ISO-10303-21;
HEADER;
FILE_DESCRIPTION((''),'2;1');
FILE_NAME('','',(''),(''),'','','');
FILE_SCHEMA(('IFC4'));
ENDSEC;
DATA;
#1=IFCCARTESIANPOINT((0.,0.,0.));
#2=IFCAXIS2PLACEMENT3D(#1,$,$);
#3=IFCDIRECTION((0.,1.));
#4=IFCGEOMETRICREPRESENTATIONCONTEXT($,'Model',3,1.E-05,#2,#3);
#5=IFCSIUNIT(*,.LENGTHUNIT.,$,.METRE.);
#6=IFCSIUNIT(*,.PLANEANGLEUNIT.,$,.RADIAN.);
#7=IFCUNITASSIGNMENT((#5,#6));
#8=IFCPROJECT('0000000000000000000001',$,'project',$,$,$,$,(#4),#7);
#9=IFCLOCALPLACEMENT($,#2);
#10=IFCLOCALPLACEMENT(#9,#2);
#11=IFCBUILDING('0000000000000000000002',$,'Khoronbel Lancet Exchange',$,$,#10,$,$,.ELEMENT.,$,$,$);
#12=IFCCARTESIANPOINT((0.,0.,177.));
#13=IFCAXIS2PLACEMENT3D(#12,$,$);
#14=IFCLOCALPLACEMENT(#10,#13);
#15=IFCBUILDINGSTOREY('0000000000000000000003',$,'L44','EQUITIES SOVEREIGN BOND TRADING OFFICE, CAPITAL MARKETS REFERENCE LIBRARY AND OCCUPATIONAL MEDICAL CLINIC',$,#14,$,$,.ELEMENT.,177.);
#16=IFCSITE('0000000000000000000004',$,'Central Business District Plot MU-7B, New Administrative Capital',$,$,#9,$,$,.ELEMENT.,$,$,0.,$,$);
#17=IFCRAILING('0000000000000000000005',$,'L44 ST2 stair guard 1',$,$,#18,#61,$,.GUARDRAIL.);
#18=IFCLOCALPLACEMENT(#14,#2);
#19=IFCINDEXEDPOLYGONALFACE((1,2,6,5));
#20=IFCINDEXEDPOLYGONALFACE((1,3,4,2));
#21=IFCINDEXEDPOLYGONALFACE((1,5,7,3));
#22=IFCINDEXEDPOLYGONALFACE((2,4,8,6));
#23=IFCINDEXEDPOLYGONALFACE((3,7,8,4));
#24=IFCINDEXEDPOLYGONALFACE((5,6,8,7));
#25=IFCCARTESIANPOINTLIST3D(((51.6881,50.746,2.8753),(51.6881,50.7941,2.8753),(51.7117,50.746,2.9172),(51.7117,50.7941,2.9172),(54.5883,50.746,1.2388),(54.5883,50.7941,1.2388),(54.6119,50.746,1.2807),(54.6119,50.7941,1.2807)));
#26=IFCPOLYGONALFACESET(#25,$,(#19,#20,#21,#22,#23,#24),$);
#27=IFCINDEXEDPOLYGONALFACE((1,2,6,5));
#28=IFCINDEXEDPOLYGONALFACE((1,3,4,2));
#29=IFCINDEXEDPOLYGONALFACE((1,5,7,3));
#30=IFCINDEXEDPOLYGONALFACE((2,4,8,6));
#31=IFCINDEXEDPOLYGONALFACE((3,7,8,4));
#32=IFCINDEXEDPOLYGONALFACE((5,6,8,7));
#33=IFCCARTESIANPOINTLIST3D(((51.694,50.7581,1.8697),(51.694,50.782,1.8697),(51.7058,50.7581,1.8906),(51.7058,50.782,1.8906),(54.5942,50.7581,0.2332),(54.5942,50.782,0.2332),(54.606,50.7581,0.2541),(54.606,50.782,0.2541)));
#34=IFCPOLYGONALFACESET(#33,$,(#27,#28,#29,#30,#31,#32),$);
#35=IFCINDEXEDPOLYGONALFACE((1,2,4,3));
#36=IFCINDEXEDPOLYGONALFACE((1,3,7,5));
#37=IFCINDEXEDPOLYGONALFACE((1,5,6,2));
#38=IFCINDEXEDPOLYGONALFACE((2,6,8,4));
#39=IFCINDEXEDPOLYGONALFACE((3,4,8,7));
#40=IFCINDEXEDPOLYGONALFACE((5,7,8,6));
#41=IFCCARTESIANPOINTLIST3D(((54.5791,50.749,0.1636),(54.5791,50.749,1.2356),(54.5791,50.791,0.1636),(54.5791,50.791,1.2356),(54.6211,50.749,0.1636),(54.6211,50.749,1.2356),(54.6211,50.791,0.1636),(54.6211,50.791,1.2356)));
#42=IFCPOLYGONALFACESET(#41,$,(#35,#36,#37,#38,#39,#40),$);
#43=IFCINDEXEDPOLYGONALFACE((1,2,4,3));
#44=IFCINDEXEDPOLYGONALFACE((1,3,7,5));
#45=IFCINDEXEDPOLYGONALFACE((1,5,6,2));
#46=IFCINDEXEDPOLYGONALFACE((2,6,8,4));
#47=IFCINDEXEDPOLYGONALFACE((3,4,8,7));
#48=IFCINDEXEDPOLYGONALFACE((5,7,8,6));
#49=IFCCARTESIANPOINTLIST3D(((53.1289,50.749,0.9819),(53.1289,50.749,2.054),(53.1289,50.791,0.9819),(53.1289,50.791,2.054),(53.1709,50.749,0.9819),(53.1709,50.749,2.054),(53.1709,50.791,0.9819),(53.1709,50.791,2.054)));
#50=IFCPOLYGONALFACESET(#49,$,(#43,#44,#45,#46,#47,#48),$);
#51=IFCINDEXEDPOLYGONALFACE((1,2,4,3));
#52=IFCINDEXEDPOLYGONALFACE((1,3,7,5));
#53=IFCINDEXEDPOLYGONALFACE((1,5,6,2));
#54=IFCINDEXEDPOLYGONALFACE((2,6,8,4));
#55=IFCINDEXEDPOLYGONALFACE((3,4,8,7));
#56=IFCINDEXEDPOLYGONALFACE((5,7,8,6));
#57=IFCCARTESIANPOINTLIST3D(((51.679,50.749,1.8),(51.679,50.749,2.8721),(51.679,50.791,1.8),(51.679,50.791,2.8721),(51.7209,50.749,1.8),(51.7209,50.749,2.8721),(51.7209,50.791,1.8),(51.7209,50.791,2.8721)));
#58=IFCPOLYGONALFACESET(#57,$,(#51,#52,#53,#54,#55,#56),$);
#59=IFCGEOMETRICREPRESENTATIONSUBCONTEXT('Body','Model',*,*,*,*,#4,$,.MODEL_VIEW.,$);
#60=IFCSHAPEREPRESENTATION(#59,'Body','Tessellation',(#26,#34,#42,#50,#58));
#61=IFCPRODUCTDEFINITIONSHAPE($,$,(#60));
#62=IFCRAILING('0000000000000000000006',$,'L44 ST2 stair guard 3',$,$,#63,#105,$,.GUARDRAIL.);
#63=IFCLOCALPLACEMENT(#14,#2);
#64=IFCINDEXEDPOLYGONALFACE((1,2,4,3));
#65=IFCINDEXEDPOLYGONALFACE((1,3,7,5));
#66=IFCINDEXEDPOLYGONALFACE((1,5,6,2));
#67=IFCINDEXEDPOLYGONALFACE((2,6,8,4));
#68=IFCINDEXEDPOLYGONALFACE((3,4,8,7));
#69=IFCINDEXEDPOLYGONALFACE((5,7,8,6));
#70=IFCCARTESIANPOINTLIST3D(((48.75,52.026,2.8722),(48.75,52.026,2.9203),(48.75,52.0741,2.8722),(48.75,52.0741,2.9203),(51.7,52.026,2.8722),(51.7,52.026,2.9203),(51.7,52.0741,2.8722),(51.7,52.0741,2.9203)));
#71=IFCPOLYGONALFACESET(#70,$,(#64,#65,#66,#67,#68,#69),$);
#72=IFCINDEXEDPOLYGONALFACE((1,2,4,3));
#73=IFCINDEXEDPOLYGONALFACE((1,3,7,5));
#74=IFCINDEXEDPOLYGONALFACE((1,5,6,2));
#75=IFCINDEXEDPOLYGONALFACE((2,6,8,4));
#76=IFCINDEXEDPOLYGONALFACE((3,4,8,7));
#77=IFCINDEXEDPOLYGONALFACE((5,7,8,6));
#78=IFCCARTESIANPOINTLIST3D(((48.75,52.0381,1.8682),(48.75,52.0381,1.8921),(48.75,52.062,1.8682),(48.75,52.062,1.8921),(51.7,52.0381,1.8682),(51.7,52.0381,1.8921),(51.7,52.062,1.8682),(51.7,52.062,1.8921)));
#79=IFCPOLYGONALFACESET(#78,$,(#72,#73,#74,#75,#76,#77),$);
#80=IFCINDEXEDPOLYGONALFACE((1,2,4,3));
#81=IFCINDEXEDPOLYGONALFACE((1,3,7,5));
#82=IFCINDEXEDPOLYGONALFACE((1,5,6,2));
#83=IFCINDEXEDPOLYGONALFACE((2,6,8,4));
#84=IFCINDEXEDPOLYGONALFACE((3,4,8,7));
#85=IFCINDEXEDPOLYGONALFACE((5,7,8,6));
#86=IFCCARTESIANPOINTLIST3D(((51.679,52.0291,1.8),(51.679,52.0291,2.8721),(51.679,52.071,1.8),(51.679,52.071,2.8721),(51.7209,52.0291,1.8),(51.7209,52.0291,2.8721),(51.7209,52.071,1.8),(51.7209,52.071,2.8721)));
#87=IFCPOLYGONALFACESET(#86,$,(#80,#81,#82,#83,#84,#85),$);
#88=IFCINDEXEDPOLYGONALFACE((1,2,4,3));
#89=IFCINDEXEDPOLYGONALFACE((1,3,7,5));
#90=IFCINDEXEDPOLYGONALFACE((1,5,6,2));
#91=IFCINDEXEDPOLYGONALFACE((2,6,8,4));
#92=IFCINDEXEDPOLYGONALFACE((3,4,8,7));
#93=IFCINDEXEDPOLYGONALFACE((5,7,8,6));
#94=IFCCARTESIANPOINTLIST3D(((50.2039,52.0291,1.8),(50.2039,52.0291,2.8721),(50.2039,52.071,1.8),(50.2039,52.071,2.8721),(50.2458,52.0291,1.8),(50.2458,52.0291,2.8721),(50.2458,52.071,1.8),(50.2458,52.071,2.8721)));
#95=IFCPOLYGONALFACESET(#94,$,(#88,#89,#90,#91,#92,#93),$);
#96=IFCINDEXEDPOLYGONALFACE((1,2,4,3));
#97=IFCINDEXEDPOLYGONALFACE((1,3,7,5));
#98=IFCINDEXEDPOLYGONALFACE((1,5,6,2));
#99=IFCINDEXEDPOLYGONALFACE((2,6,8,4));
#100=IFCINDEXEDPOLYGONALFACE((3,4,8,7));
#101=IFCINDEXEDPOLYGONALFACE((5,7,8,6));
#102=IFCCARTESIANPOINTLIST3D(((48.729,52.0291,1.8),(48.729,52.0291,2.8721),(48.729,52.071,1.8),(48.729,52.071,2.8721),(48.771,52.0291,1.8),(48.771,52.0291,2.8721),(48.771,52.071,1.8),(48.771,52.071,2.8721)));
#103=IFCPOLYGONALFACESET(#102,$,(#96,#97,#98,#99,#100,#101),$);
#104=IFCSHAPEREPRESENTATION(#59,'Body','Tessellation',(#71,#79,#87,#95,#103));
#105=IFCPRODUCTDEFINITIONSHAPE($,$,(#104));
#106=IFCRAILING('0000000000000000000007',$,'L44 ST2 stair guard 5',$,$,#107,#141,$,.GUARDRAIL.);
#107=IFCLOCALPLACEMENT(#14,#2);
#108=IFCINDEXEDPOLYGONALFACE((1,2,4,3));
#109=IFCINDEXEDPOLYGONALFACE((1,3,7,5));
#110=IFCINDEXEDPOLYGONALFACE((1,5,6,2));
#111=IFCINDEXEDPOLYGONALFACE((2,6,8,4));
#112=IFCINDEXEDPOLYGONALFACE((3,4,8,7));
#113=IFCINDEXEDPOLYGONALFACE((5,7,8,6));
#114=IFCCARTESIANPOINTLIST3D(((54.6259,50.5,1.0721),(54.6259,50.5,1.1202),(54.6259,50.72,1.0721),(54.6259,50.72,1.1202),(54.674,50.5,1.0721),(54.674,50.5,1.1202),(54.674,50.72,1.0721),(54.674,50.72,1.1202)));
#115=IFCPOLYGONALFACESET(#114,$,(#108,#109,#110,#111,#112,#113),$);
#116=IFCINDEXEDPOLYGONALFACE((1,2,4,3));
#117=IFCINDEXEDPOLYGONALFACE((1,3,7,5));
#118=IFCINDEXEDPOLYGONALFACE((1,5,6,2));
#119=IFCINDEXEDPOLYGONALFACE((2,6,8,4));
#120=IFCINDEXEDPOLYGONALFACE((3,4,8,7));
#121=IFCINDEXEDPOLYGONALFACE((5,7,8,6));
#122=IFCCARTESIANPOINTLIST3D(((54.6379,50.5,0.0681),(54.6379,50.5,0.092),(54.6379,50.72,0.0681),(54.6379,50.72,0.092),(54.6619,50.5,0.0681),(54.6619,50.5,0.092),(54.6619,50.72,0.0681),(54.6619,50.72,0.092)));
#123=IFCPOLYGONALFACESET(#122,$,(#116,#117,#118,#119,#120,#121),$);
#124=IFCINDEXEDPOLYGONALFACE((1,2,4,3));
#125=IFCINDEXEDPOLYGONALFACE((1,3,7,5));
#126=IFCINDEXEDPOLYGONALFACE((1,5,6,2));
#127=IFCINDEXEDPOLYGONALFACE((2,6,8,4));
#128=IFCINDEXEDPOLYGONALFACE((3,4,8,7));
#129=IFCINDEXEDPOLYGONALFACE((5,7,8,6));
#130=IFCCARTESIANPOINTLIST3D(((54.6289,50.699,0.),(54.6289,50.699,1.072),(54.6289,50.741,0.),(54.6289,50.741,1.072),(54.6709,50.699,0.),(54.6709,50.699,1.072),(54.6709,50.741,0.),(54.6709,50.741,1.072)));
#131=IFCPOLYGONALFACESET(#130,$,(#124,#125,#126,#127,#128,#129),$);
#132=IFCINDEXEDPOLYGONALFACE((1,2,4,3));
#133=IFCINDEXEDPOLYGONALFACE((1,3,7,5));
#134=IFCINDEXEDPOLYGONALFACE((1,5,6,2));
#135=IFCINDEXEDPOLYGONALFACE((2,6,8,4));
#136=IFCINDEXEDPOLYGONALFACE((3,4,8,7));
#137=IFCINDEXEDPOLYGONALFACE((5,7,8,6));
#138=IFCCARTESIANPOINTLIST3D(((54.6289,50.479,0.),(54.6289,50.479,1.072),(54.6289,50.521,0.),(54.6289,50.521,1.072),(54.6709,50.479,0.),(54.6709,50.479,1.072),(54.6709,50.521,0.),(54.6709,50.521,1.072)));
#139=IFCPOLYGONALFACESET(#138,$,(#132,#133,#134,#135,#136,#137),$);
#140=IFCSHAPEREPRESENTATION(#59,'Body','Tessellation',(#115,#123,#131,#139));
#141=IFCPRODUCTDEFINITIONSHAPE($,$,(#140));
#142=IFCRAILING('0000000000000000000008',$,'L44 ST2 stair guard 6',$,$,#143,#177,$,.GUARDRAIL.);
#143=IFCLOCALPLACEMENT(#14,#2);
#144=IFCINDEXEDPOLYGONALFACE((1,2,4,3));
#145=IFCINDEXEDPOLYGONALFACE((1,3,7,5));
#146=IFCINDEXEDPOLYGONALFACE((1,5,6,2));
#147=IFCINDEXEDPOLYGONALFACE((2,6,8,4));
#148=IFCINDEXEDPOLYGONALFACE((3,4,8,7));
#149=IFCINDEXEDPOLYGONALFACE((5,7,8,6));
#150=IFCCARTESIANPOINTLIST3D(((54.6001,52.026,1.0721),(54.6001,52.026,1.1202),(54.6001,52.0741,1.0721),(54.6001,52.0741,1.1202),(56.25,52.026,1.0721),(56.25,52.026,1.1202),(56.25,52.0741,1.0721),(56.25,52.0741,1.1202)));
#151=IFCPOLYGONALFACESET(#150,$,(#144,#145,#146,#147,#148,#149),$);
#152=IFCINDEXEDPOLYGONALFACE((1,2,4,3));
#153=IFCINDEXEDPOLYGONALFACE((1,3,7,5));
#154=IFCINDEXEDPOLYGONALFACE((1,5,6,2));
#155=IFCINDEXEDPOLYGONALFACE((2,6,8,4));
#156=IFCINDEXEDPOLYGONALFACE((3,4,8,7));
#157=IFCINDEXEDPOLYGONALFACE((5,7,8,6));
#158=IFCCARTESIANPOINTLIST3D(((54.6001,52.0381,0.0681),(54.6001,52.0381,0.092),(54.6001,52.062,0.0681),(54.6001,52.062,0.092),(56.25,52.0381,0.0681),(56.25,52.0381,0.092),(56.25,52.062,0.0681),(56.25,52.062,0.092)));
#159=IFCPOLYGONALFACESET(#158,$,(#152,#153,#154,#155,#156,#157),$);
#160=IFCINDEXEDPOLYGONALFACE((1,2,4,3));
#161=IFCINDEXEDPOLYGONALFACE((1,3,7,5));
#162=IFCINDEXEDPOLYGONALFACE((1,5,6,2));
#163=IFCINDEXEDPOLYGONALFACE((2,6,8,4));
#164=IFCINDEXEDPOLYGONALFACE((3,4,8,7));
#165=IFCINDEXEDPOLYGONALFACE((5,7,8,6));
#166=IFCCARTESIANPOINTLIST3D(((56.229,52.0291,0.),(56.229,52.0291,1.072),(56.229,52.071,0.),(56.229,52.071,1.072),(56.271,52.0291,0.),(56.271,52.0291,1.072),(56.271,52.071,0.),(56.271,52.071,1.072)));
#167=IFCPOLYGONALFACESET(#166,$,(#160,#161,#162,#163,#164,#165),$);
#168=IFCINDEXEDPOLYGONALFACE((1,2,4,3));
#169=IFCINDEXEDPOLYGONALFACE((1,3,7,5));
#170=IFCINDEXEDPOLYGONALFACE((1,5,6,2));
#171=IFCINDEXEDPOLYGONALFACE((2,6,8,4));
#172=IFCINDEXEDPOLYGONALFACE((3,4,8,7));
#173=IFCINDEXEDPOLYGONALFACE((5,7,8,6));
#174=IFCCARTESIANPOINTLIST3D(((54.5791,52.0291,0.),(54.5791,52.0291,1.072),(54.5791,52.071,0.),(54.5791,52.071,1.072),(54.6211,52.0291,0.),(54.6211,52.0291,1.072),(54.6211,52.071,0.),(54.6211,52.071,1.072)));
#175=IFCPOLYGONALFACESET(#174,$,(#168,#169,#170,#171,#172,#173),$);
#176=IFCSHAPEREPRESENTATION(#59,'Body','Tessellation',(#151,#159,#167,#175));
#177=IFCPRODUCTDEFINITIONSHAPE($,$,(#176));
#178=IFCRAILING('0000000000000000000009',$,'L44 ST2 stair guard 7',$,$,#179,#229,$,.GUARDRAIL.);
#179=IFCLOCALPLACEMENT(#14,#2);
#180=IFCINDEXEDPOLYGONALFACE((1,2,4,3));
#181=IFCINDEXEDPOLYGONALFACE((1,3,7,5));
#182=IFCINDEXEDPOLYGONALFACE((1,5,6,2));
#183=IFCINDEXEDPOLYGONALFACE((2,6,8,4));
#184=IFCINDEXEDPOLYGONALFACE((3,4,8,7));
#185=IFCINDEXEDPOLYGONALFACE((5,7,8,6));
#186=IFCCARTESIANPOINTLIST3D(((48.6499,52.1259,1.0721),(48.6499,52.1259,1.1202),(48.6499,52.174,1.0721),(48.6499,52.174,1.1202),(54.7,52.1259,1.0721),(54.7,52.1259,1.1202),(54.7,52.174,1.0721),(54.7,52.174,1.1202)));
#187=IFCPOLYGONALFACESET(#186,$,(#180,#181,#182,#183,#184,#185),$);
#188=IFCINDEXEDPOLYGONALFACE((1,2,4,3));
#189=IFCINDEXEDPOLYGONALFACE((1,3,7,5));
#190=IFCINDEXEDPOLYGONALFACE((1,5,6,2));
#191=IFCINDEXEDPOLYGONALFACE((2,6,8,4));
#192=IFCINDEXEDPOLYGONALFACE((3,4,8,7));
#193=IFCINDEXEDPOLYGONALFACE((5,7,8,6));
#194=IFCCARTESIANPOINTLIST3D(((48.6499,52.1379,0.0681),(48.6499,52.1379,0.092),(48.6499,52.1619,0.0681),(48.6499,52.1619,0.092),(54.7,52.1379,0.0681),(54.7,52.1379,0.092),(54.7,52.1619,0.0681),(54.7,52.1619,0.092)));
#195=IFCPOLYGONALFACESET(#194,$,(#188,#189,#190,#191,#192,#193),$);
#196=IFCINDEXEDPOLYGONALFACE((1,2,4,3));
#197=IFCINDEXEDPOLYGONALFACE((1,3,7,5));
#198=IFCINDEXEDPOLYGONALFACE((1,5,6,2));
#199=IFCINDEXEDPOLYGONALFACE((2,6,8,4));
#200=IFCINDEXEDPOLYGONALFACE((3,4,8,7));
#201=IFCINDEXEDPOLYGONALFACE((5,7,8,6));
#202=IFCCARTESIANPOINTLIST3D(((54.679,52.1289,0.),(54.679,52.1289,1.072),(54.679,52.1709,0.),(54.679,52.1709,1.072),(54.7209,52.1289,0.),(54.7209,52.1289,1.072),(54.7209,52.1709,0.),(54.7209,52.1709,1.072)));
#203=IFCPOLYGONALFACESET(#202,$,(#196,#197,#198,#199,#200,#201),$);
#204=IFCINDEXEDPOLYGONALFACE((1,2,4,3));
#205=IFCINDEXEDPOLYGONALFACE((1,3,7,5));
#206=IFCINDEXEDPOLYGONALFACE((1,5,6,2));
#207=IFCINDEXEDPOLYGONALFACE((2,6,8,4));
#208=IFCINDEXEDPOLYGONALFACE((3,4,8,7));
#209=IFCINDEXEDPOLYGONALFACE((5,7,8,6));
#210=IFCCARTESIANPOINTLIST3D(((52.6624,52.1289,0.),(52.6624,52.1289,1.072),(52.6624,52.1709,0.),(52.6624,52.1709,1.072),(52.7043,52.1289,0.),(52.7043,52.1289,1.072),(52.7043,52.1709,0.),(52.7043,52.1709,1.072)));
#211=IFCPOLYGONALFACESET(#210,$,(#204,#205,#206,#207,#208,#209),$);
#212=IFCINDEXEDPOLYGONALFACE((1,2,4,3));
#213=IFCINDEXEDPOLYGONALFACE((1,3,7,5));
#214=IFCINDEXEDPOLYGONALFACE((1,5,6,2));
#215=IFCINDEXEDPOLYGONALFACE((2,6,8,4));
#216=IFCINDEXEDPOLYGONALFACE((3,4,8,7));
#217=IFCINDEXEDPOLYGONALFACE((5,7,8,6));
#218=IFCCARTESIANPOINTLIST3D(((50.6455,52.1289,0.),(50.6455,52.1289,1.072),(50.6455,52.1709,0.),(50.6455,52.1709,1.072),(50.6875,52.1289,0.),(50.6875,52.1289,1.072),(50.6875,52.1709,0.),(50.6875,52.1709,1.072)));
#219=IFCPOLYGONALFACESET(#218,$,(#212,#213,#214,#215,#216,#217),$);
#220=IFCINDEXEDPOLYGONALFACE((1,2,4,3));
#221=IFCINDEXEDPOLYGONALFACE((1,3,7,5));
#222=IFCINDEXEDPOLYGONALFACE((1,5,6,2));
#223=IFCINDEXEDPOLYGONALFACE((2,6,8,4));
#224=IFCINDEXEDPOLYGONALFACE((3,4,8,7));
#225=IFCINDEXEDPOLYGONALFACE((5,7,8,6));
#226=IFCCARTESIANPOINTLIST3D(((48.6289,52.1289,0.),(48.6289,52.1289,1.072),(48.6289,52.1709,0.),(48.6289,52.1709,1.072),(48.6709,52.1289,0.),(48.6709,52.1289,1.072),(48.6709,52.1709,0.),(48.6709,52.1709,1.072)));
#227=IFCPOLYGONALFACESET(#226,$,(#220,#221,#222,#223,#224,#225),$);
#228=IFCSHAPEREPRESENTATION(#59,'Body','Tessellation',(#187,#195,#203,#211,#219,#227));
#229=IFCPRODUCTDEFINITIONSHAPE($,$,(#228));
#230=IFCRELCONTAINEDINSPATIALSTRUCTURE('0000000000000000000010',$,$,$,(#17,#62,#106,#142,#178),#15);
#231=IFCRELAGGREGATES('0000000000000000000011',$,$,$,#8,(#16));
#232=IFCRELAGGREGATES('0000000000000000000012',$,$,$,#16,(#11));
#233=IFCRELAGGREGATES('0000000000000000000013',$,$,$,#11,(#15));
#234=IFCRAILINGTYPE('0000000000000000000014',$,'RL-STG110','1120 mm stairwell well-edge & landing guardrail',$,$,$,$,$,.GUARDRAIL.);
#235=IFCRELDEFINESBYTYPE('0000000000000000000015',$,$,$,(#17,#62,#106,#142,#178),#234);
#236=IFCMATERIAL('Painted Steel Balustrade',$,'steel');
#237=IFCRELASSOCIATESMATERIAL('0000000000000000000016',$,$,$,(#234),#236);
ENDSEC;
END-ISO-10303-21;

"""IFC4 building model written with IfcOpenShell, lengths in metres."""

from ifc_helpers import new_model, si_unit, direction, frame, origin, origin_2d, place, context, subcontext, project, spatial, rectangle, extrude, material, type_object, element, save


model = new_model("IFC4")

# Units and contexts
model_context = context("Model", 3, precision=1e-05, world=origin(), true_north=direction((0.0, 1.0)))
body_context = subcontext(model_context, "Body", "Model", "MODEL_VIEW")
ifc_project = project(units=[si_unit("LENGTHUNIT", "METRE"), si_unit("PLANEANGLEUNIT", "RADIAN")], contexts=[model_context])

# Site, building, storey
site_placement = place(None, origin())
site = spatial("IfcSite", under=ifc_project, at=site_placement, Name="Central Business District Plot MU-7B, New Administrative Capital", CompositionType="ELEMENT", RefElevation=0.0)
building_placement = place(site_placement, origin())
building = spatial("IfcBuilding", under=site, at=building_placement, Name="Khoronbel Lancet Exchange", CompositionType="ELEMENT")
storey_placement = place(building_placement, frame((0.0, 0.0, 177.0)))
storey = spatial("IfcBuildingStorey", under=building, at=storey_placement, Name="L44", Description="EQUITIES SOVEREIGN BOND TRADING OFFICE, CAPITAL MARKETS REFERENCE LIBRARY AND OCCUPATIONAL MEDICAL CLINIC", CompositionType="ELEMENT", Elevation=177.0)

# Railings
ifc_material_1 = material(Name="Painted Steel Balustrade", Category="steel")
railing_type_1 = type_object("IfcRailingType", Name="RL-STG110", Description="1120 mm stairwell well-edge & landing guardrail", PredefinedType="GUARDRAIL", material=ifc_material_1)
railing_1_placement = place(storey_placement, frame((54.6001, 50.77, 0.1636)))
element("IfcRailing", 1, at=railing_1_placement, inside=storey, type_object=railing_type_1, Name="L44 ST2 stair guard 1", PredefinedType="GUARDRAIL", context=body_context, shape_type="SweptSolid", body=[
    extrude(rectangle(XDim=0.0481, YDim=0.0481, at=origin_2d()), frame((0.0, 0.0, 1.0962), z_axis=(-0.870915, 0.0, 0.491434), x_axis=(0.0, -1.0, 0.0)), (0.0, 0.0, 1.0), 3.3301),
    extrude(rectangle(XDim=0.0239, YDim=0.0239, at=origin_2d()), frame((0.0, 0.0, 0.0801), z_axis=(-0.870915, 0.0, 0.491434), x_axis=(0.0, -1.0, 0.0)), (0.0, 0.0, 1.0), 3.3301),
    extrude(rectangle(XDim=0.042, YDim=0.042, at=origin_2d()), origin(), (0.0, 0.0, 1.0), 1.072),
    extrude(rectangle(XDim=0.042, YDim=0.042, at=origin_2d()), frame((-1.4502, 0.0, 0.8184)), (0.0, 0.0, 1.0), 1.072),
    extrude(rectangle(XDim=0.042, YDim=0.042, at=origin_2d()), frame((-2.9001, 0.0, 1.6365)), (0.0, 0.0, 1.0), 1.072),
])
railing_2_placement = place(storey_placement, frame((51.7, 52.05, 1.8)))
element("IfcRailing", 2, at=railing_2_placement, inside=storey, type_object=railing_type_1, Name="L44 ST2 stair guard 3", PredefinedType="GUARDRAIL", context=body_context, shape_type="SweptSolid", body=[
    extrude(rectangle(XDim=0.0481, YDim=0.0481, at=origin_2d()), frame((0.0, 0.0, 1.0962), z_axis=(-1.0, 0.0, 0.0), x_axis=(0.0, -1.0, 0.0)), (0.0, 0.0, 1.0), 2.95),
    extrude(rectangle(XDim=0.0239, YDim=0.0239, at=origin_2d()), frame((0.0, 0.0, 0.0801), z_axis=(-1.0, 0.0, 0.0), x_axis=(0.0, -1.0, 0.0)), (0.0, 0.0, 1.0), 2.95),
    extrude(rectangle(XDim=0.042, YDim=0.042, at=origin_2d()), origin(), (0.0, 0.0, 1.0), 1.072),
    extrude(rectangle(XDim=0.042, YDim=0.042, at=origin_2d()), frame((-1.4751, 0.0, 0.0)), (0.0, 0.0, 1.0), 1.072),
    extrude(rectangle(XDim=0.042, YDim=0.042, at=origin_2d()), frame((-2.95, 0.0, 0.0)), (0.0, 0.0, 1.0), 1.072),
])
railing_3_placement = place(storey_placement, frame((54.6499, 50.72, 0.0)))
element("IfcRailing", 3, at=railing_3_placement, inside=storey, type_object=railing_type_1, Name="L44 ST2 stair guard 5", PredefinedType="GUARDRAIL", context=body_context, shape_type="SweptSolid", body=[
    extrude(rectangle(XDim=0.0481, YDim=0.0481, at=origin_2d()), frame((0.0, 0.0, 1.0962), z_axis=(0.0, -1.0, 0.0), x_axis=(1.0, 0.0, 0.0)), (0.0, 0.0, 1.0), 0.22),
    extrude(rectangle(XDim=0.0239, YDim=0.0239, at=origin_2d()), frame((0.0, 0.0, 0.0801), z_axis=(0.0, -1.0, 0.0), x_axis=(1.0, 0.0, 0.0)), (0.0, 0.0, 1.0), 0.22),
    extrude(rectangle(XDim=0.042, YDim=0.042, at=origin_2d()), origin(), (0.0, 0.0, 1.0), 1.072),
    extrude(rectangle(XDim=0.042, YDim=0.042, at=origin_2d()), frame((0.0, -0.22, 0.0)), (0.0, 0.0, 1.0), 1.072),
])
railing_4_placement = place(storey_placement, frame((56.25, 52.05, 0.0)))
element("IfcRailing", 4, at=railing_4_placement, inside=storey, type_object=railing_type_1, Name="L44 ST2 stair guard 6", PredefinedType="GUARDRAIL", context=body_context, shape_type="SweptSolid", body=[
    extrude(rectangle(XDim=0.0481, YDim=0.0481, at=origin_2d()), frame((0.0, 0.0, 1.0962), z_axis=(-1.0, 0.0, 0.0), x_axis=(0.0, -1.0, 0.0)), (0.0, 0.0, 1.0), 1.6499),
    extrude(rectangle(XDim=0.0239, YDim=0.0239, at=origin_2d()), frame((0.0, 0.0, 0.0801), z_axis=(-1.0, 0.0, 0.0), x_axis=(0.0, -1.0, 0.0)), (0.0, 0.0, 1.0), 1.6499),
    extrude(rectangle(XDim=0.042, YDim=0.042, at=origin_2d()), origin(), (0.0, 0.0, 1.0), 1.072),
    extrude(rectangle(XDim=0.042, YDim=0.042, at=origin_2d()), frame((-1.6499, 0.0, 0.0)), (0.0, 0.0, 1.0), 1.072),
])
railing_5_placement = place(storey_placement, frame((54.7, 52.1499, 0.0)))
element("IfcRailing", 5, at=railing_5_placement, inside=storey, type_object=railing_type_1, Name="L44 ST2 stair guard 7", PredefinedType="GUARDRAIL", context=body_context, shape_type="SweptSolid", body=[
    extrude(rectangle(XDim=0.0481, YDim=0.0481, at=origin_2d()), frame((0.0, 0.0, 1.0962), z_axis=(-1.0, 0.0, 0.0), x_axis=(0.0, -1.0, 0.0)), (0.0, 0.0, 1.0), 6.05),
    extrude(rectangle(XDim=0.0239, YDim=0.0239, at=origin_2d()), frame((0.0, 0.0, 0.0801), z_axis=(-1.0, 0.0, 0.0), x_axis=(0.0, -1.0, 0.0)), (0.0, 0.0, 1.0), 6.05),
    extrude(rectangle(XDim=0.042, YDim=0.042, at=origin_2d()), origin(), (0.0, 0.0, 1.0), 1.072),
    extrude(rectangle(XDim=0.042, YDim=0.042, at=origin_2d()), frame((-2.0166, 0.0, 0.0)), (0.0, 0.0, 1.0), 1.072),
    extrude(rectangle(XDim=0.042, YDim=0.042, at=origin_2d()), frame((-4.0334, 0.0, 0.0)), (0.0, 0.0, 1.0), 1.072),
    extrude(rectangle(XDim=0.042, YDim=0.042, at=origin_2d()), frame((-6.05, 0.0, 0.0)), (0.0, 0.0, 1.0), 1.072),
])

save(model, "model.ifc")
